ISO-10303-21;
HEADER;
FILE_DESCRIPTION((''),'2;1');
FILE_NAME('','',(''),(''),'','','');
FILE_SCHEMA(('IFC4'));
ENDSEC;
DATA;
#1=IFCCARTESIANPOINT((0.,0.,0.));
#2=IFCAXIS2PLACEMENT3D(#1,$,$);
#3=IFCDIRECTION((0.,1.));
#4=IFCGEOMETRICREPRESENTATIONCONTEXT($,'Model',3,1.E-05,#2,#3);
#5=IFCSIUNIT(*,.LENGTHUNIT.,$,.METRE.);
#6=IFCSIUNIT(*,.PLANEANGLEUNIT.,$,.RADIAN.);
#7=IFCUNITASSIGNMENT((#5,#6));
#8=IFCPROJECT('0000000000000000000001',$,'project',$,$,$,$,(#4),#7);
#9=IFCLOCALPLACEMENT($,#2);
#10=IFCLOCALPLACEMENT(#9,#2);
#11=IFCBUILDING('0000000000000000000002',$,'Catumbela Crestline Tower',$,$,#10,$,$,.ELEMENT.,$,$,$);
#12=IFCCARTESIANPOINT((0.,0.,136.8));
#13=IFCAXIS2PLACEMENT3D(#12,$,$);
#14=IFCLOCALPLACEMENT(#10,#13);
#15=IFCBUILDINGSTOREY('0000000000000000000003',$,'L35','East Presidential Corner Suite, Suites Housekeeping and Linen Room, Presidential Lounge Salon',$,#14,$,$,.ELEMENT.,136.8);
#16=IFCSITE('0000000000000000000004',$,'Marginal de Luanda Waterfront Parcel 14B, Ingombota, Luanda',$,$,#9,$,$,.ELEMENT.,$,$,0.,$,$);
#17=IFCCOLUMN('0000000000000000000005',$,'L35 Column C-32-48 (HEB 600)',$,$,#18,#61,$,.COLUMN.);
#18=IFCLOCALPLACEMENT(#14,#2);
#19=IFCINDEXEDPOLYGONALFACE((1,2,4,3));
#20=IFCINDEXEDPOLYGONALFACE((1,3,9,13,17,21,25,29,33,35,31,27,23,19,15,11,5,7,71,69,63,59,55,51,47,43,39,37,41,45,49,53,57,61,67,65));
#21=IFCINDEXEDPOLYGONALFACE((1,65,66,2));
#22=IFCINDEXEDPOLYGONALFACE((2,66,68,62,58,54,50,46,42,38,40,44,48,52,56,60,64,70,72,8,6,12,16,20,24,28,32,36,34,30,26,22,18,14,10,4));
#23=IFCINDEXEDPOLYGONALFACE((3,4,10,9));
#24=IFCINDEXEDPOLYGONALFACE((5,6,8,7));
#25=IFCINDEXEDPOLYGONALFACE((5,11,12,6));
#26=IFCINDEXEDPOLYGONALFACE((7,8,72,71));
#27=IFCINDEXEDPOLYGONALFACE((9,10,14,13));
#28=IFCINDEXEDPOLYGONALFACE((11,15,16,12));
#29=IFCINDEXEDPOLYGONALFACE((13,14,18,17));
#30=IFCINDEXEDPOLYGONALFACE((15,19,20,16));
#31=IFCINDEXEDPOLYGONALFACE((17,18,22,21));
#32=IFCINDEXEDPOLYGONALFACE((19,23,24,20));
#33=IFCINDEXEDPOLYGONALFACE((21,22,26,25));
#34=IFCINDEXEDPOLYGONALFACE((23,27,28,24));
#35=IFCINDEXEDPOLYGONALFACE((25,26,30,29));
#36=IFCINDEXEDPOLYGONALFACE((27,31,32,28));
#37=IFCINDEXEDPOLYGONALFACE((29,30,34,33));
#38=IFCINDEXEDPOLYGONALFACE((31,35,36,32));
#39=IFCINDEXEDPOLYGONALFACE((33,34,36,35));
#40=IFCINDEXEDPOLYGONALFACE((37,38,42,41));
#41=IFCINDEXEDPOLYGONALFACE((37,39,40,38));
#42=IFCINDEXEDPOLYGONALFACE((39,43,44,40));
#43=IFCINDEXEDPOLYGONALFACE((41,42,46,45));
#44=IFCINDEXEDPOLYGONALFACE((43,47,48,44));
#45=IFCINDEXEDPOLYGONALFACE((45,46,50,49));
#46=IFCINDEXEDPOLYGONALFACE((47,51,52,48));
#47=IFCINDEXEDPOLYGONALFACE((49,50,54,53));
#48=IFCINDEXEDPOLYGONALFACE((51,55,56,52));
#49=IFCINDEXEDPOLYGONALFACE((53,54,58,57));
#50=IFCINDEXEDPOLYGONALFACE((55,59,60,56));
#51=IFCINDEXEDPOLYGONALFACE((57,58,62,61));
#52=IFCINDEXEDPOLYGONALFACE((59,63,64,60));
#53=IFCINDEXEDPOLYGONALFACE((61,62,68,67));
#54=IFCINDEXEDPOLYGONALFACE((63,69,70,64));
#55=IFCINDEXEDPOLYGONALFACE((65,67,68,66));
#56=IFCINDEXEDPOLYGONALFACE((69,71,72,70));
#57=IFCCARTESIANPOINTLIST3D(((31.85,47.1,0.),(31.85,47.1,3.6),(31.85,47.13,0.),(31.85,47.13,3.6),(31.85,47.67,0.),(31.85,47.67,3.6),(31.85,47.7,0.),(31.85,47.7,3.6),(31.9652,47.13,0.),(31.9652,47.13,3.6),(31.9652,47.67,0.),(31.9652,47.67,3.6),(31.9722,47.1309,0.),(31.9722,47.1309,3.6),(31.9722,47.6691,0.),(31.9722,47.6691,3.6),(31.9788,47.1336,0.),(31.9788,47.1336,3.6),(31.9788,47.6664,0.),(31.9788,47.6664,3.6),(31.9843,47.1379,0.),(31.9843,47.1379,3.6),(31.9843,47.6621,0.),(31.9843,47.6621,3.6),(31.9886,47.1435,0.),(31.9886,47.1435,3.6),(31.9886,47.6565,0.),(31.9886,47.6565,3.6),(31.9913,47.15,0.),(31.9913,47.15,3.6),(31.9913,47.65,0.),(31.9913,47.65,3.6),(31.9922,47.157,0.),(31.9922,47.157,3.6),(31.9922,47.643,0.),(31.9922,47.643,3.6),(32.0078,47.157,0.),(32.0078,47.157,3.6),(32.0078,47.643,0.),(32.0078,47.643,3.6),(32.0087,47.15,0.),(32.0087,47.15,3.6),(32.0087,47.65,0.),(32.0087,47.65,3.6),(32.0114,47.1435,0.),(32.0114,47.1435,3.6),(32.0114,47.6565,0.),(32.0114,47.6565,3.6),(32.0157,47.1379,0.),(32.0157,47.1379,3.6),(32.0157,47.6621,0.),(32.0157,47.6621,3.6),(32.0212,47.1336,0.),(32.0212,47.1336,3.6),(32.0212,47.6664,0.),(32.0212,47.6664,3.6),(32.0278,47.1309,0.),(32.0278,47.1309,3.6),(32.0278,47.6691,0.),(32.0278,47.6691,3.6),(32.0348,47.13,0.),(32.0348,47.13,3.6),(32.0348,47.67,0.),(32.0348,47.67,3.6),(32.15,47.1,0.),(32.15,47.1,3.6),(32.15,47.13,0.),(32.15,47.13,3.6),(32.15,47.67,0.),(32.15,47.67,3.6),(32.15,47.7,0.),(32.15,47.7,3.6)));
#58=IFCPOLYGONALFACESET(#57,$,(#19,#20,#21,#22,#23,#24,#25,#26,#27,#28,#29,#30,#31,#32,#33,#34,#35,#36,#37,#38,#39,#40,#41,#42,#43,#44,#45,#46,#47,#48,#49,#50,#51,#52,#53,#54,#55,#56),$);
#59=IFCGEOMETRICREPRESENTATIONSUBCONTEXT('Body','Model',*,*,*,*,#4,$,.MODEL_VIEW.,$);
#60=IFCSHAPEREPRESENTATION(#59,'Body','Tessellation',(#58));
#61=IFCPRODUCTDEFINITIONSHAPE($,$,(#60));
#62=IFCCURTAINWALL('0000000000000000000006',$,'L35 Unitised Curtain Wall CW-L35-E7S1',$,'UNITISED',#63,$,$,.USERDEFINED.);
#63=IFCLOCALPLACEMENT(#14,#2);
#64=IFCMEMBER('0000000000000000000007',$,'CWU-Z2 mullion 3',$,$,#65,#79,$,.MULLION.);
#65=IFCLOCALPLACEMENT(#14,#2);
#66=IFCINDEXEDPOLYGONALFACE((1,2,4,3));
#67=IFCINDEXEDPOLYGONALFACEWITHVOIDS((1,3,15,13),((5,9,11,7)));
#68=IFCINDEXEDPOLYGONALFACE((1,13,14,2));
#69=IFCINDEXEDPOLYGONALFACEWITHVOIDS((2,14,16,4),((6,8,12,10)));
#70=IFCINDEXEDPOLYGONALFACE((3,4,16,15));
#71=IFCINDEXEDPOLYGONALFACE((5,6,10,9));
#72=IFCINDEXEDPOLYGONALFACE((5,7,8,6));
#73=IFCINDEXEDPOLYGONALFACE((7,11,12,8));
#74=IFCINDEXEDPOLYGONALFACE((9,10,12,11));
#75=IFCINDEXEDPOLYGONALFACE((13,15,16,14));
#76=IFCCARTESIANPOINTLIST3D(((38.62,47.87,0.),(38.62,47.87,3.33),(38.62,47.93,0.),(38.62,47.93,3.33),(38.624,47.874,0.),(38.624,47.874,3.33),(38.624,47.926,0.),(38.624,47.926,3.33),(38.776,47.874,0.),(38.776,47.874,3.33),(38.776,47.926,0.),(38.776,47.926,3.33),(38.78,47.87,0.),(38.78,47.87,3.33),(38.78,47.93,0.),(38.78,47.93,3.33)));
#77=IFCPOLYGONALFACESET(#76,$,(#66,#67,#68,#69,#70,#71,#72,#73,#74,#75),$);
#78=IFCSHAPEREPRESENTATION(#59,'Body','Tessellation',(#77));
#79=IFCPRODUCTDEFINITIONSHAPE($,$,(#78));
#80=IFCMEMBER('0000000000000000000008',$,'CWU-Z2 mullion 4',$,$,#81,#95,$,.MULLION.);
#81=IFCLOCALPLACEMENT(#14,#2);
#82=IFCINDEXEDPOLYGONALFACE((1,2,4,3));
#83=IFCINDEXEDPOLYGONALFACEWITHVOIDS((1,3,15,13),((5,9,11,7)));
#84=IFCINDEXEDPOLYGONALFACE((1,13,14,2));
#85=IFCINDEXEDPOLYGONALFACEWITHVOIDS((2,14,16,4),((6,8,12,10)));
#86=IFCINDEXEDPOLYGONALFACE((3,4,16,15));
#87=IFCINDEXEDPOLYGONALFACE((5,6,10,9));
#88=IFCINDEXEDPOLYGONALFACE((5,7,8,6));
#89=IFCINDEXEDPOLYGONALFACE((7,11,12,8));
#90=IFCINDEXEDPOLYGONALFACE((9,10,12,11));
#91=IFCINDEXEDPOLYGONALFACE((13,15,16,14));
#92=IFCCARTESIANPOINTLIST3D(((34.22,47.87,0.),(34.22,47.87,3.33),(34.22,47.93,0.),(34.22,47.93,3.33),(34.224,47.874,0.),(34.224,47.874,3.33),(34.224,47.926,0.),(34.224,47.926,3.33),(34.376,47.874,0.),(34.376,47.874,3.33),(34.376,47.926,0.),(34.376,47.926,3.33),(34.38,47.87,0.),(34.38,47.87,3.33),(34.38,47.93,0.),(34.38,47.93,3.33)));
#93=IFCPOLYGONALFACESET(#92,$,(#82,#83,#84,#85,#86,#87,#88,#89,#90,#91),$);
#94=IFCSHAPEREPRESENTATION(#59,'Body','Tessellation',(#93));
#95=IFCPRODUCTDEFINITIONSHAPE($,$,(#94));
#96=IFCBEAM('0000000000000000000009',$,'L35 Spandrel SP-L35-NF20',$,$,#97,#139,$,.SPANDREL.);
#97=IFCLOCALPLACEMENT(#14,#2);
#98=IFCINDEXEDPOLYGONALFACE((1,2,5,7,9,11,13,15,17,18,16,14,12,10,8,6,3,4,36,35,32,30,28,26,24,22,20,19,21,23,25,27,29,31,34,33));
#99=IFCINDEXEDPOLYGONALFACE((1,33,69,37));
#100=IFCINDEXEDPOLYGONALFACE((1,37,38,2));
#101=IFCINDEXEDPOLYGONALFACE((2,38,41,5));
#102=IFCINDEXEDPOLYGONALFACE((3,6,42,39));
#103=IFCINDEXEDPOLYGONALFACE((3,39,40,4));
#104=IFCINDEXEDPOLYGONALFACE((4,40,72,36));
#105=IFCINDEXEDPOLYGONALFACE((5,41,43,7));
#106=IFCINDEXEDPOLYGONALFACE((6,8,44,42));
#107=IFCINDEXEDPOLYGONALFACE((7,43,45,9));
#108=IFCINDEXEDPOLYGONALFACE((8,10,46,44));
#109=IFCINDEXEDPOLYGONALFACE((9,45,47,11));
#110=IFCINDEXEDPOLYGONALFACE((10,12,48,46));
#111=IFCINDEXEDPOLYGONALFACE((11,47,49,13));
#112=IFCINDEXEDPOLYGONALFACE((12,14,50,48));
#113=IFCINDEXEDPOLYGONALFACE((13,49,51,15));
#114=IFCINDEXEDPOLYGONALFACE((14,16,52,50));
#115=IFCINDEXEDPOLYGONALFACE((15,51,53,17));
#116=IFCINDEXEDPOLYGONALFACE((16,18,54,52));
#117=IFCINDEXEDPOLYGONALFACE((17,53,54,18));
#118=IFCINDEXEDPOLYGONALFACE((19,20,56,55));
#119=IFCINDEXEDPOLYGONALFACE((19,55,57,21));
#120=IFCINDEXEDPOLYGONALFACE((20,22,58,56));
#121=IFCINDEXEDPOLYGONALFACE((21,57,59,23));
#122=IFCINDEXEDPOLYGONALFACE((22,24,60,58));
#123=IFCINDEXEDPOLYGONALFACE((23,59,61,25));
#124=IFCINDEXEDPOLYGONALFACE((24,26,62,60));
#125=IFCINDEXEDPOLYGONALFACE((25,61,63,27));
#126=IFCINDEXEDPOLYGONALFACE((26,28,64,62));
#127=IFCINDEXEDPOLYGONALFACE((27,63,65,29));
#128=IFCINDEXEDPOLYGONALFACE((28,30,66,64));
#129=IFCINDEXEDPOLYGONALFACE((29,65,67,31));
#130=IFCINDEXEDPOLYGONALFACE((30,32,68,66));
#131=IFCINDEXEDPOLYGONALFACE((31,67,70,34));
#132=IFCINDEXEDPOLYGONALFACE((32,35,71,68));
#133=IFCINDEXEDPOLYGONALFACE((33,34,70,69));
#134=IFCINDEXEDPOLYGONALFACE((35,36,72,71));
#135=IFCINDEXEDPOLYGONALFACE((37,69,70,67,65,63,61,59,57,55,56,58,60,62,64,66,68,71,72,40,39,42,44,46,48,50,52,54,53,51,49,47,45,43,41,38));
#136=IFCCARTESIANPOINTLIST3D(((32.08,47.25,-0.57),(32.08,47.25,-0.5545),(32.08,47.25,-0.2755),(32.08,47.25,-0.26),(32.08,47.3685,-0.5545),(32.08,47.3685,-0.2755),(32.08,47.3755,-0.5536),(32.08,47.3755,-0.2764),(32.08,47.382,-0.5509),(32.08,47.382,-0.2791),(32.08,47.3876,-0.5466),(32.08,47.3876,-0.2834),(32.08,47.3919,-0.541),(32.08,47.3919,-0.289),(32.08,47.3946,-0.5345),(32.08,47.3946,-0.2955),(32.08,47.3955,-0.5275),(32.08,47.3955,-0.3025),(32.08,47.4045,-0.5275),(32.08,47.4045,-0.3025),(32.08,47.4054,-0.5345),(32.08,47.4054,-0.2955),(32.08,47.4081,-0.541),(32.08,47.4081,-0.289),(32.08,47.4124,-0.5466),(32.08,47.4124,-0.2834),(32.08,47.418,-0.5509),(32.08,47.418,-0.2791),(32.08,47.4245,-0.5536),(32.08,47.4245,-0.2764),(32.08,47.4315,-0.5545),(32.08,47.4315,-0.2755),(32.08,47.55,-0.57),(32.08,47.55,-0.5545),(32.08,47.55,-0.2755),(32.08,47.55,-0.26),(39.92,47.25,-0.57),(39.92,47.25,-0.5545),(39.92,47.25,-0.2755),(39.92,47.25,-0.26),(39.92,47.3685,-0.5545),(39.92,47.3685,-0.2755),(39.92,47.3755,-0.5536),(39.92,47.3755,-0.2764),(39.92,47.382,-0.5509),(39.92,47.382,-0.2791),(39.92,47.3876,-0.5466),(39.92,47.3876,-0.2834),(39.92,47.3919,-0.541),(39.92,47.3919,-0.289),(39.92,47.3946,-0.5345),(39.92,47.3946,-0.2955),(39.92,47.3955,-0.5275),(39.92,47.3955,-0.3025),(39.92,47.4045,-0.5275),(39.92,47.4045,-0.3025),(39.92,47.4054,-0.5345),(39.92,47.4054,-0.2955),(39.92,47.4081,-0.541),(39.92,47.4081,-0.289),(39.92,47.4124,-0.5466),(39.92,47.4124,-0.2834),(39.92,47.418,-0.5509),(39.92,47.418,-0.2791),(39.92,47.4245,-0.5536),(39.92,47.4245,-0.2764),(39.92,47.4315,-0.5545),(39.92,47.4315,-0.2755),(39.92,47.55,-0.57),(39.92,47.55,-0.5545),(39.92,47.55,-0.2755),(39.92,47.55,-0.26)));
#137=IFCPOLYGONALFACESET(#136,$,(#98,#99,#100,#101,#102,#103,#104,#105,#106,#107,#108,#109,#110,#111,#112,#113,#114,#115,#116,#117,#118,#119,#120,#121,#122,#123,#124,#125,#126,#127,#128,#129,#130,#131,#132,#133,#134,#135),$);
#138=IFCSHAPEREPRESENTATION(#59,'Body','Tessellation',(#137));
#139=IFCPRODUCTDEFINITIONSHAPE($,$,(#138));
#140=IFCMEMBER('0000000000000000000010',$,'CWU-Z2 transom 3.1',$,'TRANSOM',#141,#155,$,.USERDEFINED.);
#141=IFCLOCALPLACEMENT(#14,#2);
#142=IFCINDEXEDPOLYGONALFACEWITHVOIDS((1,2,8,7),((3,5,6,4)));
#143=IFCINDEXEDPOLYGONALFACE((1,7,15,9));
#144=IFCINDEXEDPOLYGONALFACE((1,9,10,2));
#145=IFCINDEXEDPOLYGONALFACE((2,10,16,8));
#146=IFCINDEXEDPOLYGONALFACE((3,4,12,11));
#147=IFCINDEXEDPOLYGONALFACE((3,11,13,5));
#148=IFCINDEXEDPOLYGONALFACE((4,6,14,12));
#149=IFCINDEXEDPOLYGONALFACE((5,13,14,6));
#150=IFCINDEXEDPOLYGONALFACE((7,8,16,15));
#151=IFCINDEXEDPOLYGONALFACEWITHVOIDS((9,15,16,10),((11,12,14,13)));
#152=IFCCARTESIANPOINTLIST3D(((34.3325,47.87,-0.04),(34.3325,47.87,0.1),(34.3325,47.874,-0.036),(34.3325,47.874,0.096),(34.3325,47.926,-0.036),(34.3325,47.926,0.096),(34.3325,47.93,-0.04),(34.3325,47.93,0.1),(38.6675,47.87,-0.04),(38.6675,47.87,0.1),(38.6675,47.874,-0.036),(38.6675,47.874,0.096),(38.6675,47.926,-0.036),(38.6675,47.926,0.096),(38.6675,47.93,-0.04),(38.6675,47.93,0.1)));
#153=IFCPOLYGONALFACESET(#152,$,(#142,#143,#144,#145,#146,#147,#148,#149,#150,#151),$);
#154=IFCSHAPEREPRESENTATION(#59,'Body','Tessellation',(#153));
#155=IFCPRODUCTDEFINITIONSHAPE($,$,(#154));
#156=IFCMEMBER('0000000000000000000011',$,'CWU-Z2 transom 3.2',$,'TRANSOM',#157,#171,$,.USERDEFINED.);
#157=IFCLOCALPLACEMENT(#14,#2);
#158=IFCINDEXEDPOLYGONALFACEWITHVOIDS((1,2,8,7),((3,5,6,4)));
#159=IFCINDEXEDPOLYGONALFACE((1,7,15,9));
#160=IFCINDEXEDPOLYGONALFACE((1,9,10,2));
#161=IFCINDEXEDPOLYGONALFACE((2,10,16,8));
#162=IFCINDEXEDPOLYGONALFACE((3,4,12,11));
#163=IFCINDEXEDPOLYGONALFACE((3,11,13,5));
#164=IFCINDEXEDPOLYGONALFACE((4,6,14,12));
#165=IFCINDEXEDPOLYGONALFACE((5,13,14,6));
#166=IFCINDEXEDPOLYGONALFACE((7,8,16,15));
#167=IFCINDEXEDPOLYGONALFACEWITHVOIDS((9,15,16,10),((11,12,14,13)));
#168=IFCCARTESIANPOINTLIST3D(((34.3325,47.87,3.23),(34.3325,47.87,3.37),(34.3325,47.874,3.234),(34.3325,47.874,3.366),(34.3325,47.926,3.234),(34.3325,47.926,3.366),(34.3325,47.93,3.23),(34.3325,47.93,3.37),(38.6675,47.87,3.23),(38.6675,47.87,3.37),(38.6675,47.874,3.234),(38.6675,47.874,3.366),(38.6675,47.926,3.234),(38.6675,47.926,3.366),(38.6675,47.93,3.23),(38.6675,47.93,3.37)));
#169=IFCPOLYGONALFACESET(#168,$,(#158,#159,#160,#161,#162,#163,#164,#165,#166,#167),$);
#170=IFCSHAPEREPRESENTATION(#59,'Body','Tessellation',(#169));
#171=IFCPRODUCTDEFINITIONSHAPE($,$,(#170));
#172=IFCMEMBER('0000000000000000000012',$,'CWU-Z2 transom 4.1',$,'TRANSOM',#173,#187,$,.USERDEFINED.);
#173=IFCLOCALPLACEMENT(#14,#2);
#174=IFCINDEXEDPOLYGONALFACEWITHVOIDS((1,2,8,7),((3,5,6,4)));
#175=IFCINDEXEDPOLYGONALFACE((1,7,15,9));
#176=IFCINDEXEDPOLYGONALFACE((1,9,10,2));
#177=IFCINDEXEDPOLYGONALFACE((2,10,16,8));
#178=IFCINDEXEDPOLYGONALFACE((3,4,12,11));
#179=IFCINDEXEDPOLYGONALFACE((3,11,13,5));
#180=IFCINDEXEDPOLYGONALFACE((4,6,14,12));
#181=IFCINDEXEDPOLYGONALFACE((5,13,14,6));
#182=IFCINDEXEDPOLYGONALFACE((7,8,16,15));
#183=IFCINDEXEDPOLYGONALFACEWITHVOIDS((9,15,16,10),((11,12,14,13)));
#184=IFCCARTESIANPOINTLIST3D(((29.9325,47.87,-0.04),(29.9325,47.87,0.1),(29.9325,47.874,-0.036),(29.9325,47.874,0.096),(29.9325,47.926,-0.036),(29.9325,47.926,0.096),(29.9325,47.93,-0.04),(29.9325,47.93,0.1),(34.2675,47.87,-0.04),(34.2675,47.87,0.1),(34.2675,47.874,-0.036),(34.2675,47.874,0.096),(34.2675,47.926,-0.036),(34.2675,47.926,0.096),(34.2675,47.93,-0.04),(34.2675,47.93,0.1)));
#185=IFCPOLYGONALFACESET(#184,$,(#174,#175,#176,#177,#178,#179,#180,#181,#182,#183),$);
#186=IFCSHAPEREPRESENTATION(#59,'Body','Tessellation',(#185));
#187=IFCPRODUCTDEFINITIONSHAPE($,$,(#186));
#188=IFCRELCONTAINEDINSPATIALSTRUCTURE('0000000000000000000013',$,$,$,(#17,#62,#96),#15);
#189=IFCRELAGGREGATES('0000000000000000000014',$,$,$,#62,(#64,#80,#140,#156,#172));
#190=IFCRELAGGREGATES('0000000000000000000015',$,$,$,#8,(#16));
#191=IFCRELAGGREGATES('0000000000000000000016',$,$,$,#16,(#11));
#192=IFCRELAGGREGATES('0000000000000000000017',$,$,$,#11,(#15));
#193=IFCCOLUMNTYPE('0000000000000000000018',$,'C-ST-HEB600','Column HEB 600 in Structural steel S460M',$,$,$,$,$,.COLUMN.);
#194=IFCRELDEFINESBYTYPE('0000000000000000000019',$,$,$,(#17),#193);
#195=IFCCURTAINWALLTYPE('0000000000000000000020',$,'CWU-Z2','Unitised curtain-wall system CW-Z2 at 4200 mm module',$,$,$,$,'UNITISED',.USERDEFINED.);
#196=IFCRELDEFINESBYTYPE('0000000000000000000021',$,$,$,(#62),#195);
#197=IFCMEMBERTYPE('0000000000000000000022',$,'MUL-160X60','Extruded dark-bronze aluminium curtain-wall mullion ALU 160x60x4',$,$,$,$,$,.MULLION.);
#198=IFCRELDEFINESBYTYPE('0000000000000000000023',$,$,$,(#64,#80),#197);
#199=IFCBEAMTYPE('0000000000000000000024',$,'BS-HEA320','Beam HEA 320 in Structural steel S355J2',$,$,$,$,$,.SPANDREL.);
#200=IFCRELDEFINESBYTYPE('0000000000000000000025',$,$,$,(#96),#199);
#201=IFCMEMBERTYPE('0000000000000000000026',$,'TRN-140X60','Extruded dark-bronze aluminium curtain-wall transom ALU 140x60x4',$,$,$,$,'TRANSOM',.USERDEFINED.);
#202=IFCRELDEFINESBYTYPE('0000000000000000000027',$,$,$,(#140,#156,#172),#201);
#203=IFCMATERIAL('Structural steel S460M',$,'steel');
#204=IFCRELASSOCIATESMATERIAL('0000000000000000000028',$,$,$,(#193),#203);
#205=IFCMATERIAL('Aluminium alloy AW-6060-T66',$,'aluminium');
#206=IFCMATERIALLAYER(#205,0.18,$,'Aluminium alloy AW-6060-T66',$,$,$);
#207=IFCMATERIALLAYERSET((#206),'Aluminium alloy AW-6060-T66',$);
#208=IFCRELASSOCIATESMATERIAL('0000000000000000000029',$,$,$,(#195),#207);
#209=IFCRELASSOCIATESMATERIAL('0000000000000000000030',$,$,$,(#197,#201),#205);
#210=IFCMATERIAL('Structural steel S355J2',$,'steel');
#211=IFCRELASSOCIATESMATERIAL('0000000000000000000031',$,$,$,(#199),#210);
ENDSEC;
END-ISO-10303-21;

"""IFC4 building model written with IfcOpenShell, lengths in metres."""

from ifc_helpers import new_model, si_unit, direction, frame, origin, origin_2d, place, context, subcontext, project, spatial, hollow_rectangle, i_section, extrude, material, layer, layer_set, material_profile, profile_set, type_object, element, aggregate, save


model = new_model("IFC4")

# Units and contexts
model_context = context("Model", 3, precision=1e-05, world=origin(), true_north=direction((0.0, 1.0)))
body_context = subcontext(model_context, "Body", "Model", "MODEL_VIEW")
ifc_project = project(units=[si_unit("LENGTHUNIT", "METRE"), si_unit("PLANEANGLEUNIT", "RADIAN")], contexts=[model_context])

# Site, building, storey
site_placement = place(None, origin())
site = spatial("IfcSite", under=ifc_project, at=site_placement, Name="Marginal de Luanda Waterfront Parcel 14B, Ingombota, Luanda", CompositionType="ELEMENT", RefElevation=0.0)
building_placement = place(site_placement, origin())
building = spatial("IfcBuilding", under=site, at=building_placement, Name="Catumbela Crestline Tower", CompositionType="ELEMENT")
storey_placement = place(building_placement, frame((0.0, 0.0, 136.8)))
storey = spatial("IfcBuildingStorey", under=building, at=storey_placement, Name="L35", Description="East Presidential Corner Suite, Suites Housekeeping and Linen Room, Presidential Lounge Salon", CompositionType="ELEMENT", Elevation=136.8)

# Column
ifc_material_1 = material(Name="Structural steel S460M", Category="steel")
ifc_material_profile_1 = material_profile(ifc_material_1, i_section(OverallWidth=0.3, OverallDepth=0.6, WebThickness=0.0155, FlangeThickness=0.03, FilletRadius=0.027, at=origin_2d()), Name="HEB 600")
ifc_profile_set_1 = profile_set([ifc_material_profile_1], Name="Structural steel S460M")
column_type = type_object("IfcColumnType", Name="C-ST-HEB600", Description="Column HEB 600 in Structural steel S460M", PredefinedType="COLUMN", material=ifc_profile_set_1)
column_placement = place(storey_placement, frame((32.0, 47.4, 0.0), z_axis=(0.0, 0.0, 1.0), x_axis=(1.0, 0.0, 0.0)))
element("IfcColumn", 1, at=column_placement, inside=storey, type_object=column_type, Name="L35 Column C-32-48 (HEB 600)", PredefinedType="COLUMN", context=body_context, shape_type="SweptSolid", body=[
    extrude(i_section(OverallWidth=0.3, OverallDepth=0.6, WebThickness=0.0155, FlangeThickness=0.03, FilletRadius=0.027, at=origin_2d()), origin(), (0.0, 0.0, 1.0), 3.6),
])

# Curtain wall, members
ifc_material_2 = material(Name="Aluminium alloy AW-6060-T66", Category="aluminium")
ifc_layer_1 = layer(ifc_material_2, 0.18, Name="Aluminium alloy AW-6060-T66")
ifc_layer_set_1 = layer_set([ifc_layer_1], Name="Aluminium alloy AW-6060-T66")
curtain_wall_type = type_object("IfcCurtainWallType", Name="CWU-Z2", Description="Unitised curtain-wall system CW-Z2 at 4200 mm module", ElementType="UNITISED", PredefinedType="USERDEFINED", material=ifc_layer_set_1)
curtain_wall_placement = place(storey_placement, origin())
curtain_wall = element("IfcCurtainWall", 2, at=curtain_wall_placement, inside=storey, type_object=curtain_wall_type, Name="L35 Unitised Curtain Wall CW-L35-E7S1", ObjectType="UNITISED", PredefinedType="USERDEFINED")
ifc_material_profile_2 = material_profile(ifc_material_2, hollow_rectangle(XDim=0.06, YDim=0.16, WallThickness=0.004, at=origin_2d()), Name="ALU 160x60x4")
ifc_profile_set_2 = profile_set([ifc_material_profile_2], Name="Aluminium alloy AW-6060-T66")
member_type_1 = type_object("IfcMemberType", Name="MUL-160X60", Description="Extruded dark-bronze aluminium curtain-wall mullion ALU 160x60x4", PredefinedType="MULLION", material=ifc_profile_set_2)
member_1_placement = place(storey_placement, frame((38.7, 47.9, 0.0), z_axis=(0.0, 0.0, 1.0), x_axis=(0.0, -1.0, 0.0)))
member_1 = element("IfcMember", 3, at=member_1_placement, type_object=member_type_1, Name="CWU-Z2 mullion 3", PredefinedType="MULLION", context=body_context, shape_type="SweptSolid", body=[
    extrude(hollow_rectangle(XDim=0.06, YDim=0.16, WallThickness=0.004, at=origin_2d()), origin(), (0.0, 0.0, 1.0), 3.33),
])
member_2_placement = place(storey_placement, frame((34.3, 47.9, 0.0), z_axis=(0.0, 0.0, 1.0), x_axis=(0.0, -1.0, 0.0)))
member_2 = element("IfcMember", 4, at=member_2_placement, type_object=member_type_1, Name="CWU-Z2 mullion 4", PredefinedType="MULLION", context=body_context, shape_type="SweptSolid", body=[
    extrude(hollow_rectangle(XDim=0.06, YDim=0.16, WallThickness=0.004, at=origin_2d()), origin(), (0.0, 0.0, 1.0), 3.33),
])

# Beam
ifc_material_3 = material(Name="Structural steel S355J2", Category="steel")
ifc_material_profile_3 = material_profile(ifc_material_3, i_section(OverallWidth=0.3, OverallDepth=0.31, WebThickness=0.009, FlangeThickness=0.0155, FilletRadius=0.027, at=origin_2d()), Name="HEA 320")
ifc_profile_set_3 = profile_set([ifc_material_profile_3], Name="Structural steel S355J2")
beam_type = type_object("IfcBeamType", Name="BS-HEA320", Description="Beam HEA 320 in Structural steel S355J2", PredefinedType="SPANDREL", material=ifc_profile_set_3)
beam_placement = place(storey_placement, frame((32.08, 47.4, -0.415), z_axis=(1.0, 0.0, 0.0), x_axis=(0.0, 1.0, 0.0)))
element("IfcBeam", 5, at=beam_placement, inside=storey, type_object=beam_type, Name="L35 Spandrel SP-L35-NF20", PredefinedType="SPANDREL", context=body_context, shape_type="SweptSolid", body=[
    extrude(i_section(OverallWidth=0.3, OverallDepth=0.31, WebThickness=0.009, FlangeThickness=0.0155, FilletRadius=0.027, at=origin_2d()), origin(), (0.0, 0.0, 1.0), 7.84),
])

# Members
ifc_material_profile_4 = material_profile(ifc_material_2, hollow_rectangle(XDim=0.06, YDim=0.14, WallThickness=0.004, at=origin_2d()), Name="ALU 140x60x4")
ifc_profile_set_4 = profile_set([ifc_material_profile_4], Name="Aluminium alloy AW-6060-T66")
member_type_2 = type_object("IfcMemberType", Name="TRN-140X60", Description="Extruded dark-bronze aluminium curtain-wall transom ALU 140x60x4", ElementType="TRANSOM", PredefinedType="USERDEFINED", material=ifc_profile_set_4)
member_3_placement = place(storey_placement, frame((38.6675, 47.9, 0.03), z_axis=(-1.0, 0.0, 0.0), x_axis=(0.0, -1.0, 0.0)))
member_3 = element("IfcMember", 6, at=member_3_placement, type_object=member_type_2, Name="CWU-Z2 transom 3.1", ObjectType="TRANSOM", PredefinedType="USERDEFINED", context=body_context, shape_type="SweptSolid", body=[
    extrude(hollow_rectangle(XDim=0.06, YDim=0.14, WallThickness=0.004, at=origin_2d()), origin(), (0.0, 0.0, 1.0), 4.335),
])
member_4_placement = place(storey_placement, frame((38.6675, 47.9, 3.3), z_axis=(-1.0, 0.0, 0.0), x_axis=(0.0, -1.0, 0.0)))
member_4 = element("IfcMember", 7, at=member_4_placement, type_object=member_type_2, Name="CWU-Z2 transom 3.2", ObjectType="TRANSOM", PredefinedType="USERDEFINED", context=body_context, shape_type="SweptSolid", body=[
    extrude(hollow_rectangle(XDim=0.06, YDim=0.14, WallThickness=0.004, at=origin_2d()), origin(), (0.0, 0.0, 1.0), 4.335),
])
member_5_placement = place(storey_placement, frame((34.2675, 47.9, 0.03), z_axis=(-1.0, 0.0, 0.0), x_axis=(0.0, -1.0, 0.0)))
member_5 = element("IfcMember", 8, at=member_5_placement, type_object=member_type_2, Name="CWU-Z2 transom 4.1", ObjectType="TRANSOM", PredefinedType="USERDEFINED", context=body_context, shape_type="SweptSolid", body=[
    extrude(hollow_rectangle(XDim=0.06, YDim=0.14, WallThickness=0.004, at=origin_2d()), origin(), (0.0, 0.0, 1.0), 4.335),
])

aggregate(curtain_wall, [member_1, member_2, member_3, member_4, member_5])

save(model, "model.ifc")
